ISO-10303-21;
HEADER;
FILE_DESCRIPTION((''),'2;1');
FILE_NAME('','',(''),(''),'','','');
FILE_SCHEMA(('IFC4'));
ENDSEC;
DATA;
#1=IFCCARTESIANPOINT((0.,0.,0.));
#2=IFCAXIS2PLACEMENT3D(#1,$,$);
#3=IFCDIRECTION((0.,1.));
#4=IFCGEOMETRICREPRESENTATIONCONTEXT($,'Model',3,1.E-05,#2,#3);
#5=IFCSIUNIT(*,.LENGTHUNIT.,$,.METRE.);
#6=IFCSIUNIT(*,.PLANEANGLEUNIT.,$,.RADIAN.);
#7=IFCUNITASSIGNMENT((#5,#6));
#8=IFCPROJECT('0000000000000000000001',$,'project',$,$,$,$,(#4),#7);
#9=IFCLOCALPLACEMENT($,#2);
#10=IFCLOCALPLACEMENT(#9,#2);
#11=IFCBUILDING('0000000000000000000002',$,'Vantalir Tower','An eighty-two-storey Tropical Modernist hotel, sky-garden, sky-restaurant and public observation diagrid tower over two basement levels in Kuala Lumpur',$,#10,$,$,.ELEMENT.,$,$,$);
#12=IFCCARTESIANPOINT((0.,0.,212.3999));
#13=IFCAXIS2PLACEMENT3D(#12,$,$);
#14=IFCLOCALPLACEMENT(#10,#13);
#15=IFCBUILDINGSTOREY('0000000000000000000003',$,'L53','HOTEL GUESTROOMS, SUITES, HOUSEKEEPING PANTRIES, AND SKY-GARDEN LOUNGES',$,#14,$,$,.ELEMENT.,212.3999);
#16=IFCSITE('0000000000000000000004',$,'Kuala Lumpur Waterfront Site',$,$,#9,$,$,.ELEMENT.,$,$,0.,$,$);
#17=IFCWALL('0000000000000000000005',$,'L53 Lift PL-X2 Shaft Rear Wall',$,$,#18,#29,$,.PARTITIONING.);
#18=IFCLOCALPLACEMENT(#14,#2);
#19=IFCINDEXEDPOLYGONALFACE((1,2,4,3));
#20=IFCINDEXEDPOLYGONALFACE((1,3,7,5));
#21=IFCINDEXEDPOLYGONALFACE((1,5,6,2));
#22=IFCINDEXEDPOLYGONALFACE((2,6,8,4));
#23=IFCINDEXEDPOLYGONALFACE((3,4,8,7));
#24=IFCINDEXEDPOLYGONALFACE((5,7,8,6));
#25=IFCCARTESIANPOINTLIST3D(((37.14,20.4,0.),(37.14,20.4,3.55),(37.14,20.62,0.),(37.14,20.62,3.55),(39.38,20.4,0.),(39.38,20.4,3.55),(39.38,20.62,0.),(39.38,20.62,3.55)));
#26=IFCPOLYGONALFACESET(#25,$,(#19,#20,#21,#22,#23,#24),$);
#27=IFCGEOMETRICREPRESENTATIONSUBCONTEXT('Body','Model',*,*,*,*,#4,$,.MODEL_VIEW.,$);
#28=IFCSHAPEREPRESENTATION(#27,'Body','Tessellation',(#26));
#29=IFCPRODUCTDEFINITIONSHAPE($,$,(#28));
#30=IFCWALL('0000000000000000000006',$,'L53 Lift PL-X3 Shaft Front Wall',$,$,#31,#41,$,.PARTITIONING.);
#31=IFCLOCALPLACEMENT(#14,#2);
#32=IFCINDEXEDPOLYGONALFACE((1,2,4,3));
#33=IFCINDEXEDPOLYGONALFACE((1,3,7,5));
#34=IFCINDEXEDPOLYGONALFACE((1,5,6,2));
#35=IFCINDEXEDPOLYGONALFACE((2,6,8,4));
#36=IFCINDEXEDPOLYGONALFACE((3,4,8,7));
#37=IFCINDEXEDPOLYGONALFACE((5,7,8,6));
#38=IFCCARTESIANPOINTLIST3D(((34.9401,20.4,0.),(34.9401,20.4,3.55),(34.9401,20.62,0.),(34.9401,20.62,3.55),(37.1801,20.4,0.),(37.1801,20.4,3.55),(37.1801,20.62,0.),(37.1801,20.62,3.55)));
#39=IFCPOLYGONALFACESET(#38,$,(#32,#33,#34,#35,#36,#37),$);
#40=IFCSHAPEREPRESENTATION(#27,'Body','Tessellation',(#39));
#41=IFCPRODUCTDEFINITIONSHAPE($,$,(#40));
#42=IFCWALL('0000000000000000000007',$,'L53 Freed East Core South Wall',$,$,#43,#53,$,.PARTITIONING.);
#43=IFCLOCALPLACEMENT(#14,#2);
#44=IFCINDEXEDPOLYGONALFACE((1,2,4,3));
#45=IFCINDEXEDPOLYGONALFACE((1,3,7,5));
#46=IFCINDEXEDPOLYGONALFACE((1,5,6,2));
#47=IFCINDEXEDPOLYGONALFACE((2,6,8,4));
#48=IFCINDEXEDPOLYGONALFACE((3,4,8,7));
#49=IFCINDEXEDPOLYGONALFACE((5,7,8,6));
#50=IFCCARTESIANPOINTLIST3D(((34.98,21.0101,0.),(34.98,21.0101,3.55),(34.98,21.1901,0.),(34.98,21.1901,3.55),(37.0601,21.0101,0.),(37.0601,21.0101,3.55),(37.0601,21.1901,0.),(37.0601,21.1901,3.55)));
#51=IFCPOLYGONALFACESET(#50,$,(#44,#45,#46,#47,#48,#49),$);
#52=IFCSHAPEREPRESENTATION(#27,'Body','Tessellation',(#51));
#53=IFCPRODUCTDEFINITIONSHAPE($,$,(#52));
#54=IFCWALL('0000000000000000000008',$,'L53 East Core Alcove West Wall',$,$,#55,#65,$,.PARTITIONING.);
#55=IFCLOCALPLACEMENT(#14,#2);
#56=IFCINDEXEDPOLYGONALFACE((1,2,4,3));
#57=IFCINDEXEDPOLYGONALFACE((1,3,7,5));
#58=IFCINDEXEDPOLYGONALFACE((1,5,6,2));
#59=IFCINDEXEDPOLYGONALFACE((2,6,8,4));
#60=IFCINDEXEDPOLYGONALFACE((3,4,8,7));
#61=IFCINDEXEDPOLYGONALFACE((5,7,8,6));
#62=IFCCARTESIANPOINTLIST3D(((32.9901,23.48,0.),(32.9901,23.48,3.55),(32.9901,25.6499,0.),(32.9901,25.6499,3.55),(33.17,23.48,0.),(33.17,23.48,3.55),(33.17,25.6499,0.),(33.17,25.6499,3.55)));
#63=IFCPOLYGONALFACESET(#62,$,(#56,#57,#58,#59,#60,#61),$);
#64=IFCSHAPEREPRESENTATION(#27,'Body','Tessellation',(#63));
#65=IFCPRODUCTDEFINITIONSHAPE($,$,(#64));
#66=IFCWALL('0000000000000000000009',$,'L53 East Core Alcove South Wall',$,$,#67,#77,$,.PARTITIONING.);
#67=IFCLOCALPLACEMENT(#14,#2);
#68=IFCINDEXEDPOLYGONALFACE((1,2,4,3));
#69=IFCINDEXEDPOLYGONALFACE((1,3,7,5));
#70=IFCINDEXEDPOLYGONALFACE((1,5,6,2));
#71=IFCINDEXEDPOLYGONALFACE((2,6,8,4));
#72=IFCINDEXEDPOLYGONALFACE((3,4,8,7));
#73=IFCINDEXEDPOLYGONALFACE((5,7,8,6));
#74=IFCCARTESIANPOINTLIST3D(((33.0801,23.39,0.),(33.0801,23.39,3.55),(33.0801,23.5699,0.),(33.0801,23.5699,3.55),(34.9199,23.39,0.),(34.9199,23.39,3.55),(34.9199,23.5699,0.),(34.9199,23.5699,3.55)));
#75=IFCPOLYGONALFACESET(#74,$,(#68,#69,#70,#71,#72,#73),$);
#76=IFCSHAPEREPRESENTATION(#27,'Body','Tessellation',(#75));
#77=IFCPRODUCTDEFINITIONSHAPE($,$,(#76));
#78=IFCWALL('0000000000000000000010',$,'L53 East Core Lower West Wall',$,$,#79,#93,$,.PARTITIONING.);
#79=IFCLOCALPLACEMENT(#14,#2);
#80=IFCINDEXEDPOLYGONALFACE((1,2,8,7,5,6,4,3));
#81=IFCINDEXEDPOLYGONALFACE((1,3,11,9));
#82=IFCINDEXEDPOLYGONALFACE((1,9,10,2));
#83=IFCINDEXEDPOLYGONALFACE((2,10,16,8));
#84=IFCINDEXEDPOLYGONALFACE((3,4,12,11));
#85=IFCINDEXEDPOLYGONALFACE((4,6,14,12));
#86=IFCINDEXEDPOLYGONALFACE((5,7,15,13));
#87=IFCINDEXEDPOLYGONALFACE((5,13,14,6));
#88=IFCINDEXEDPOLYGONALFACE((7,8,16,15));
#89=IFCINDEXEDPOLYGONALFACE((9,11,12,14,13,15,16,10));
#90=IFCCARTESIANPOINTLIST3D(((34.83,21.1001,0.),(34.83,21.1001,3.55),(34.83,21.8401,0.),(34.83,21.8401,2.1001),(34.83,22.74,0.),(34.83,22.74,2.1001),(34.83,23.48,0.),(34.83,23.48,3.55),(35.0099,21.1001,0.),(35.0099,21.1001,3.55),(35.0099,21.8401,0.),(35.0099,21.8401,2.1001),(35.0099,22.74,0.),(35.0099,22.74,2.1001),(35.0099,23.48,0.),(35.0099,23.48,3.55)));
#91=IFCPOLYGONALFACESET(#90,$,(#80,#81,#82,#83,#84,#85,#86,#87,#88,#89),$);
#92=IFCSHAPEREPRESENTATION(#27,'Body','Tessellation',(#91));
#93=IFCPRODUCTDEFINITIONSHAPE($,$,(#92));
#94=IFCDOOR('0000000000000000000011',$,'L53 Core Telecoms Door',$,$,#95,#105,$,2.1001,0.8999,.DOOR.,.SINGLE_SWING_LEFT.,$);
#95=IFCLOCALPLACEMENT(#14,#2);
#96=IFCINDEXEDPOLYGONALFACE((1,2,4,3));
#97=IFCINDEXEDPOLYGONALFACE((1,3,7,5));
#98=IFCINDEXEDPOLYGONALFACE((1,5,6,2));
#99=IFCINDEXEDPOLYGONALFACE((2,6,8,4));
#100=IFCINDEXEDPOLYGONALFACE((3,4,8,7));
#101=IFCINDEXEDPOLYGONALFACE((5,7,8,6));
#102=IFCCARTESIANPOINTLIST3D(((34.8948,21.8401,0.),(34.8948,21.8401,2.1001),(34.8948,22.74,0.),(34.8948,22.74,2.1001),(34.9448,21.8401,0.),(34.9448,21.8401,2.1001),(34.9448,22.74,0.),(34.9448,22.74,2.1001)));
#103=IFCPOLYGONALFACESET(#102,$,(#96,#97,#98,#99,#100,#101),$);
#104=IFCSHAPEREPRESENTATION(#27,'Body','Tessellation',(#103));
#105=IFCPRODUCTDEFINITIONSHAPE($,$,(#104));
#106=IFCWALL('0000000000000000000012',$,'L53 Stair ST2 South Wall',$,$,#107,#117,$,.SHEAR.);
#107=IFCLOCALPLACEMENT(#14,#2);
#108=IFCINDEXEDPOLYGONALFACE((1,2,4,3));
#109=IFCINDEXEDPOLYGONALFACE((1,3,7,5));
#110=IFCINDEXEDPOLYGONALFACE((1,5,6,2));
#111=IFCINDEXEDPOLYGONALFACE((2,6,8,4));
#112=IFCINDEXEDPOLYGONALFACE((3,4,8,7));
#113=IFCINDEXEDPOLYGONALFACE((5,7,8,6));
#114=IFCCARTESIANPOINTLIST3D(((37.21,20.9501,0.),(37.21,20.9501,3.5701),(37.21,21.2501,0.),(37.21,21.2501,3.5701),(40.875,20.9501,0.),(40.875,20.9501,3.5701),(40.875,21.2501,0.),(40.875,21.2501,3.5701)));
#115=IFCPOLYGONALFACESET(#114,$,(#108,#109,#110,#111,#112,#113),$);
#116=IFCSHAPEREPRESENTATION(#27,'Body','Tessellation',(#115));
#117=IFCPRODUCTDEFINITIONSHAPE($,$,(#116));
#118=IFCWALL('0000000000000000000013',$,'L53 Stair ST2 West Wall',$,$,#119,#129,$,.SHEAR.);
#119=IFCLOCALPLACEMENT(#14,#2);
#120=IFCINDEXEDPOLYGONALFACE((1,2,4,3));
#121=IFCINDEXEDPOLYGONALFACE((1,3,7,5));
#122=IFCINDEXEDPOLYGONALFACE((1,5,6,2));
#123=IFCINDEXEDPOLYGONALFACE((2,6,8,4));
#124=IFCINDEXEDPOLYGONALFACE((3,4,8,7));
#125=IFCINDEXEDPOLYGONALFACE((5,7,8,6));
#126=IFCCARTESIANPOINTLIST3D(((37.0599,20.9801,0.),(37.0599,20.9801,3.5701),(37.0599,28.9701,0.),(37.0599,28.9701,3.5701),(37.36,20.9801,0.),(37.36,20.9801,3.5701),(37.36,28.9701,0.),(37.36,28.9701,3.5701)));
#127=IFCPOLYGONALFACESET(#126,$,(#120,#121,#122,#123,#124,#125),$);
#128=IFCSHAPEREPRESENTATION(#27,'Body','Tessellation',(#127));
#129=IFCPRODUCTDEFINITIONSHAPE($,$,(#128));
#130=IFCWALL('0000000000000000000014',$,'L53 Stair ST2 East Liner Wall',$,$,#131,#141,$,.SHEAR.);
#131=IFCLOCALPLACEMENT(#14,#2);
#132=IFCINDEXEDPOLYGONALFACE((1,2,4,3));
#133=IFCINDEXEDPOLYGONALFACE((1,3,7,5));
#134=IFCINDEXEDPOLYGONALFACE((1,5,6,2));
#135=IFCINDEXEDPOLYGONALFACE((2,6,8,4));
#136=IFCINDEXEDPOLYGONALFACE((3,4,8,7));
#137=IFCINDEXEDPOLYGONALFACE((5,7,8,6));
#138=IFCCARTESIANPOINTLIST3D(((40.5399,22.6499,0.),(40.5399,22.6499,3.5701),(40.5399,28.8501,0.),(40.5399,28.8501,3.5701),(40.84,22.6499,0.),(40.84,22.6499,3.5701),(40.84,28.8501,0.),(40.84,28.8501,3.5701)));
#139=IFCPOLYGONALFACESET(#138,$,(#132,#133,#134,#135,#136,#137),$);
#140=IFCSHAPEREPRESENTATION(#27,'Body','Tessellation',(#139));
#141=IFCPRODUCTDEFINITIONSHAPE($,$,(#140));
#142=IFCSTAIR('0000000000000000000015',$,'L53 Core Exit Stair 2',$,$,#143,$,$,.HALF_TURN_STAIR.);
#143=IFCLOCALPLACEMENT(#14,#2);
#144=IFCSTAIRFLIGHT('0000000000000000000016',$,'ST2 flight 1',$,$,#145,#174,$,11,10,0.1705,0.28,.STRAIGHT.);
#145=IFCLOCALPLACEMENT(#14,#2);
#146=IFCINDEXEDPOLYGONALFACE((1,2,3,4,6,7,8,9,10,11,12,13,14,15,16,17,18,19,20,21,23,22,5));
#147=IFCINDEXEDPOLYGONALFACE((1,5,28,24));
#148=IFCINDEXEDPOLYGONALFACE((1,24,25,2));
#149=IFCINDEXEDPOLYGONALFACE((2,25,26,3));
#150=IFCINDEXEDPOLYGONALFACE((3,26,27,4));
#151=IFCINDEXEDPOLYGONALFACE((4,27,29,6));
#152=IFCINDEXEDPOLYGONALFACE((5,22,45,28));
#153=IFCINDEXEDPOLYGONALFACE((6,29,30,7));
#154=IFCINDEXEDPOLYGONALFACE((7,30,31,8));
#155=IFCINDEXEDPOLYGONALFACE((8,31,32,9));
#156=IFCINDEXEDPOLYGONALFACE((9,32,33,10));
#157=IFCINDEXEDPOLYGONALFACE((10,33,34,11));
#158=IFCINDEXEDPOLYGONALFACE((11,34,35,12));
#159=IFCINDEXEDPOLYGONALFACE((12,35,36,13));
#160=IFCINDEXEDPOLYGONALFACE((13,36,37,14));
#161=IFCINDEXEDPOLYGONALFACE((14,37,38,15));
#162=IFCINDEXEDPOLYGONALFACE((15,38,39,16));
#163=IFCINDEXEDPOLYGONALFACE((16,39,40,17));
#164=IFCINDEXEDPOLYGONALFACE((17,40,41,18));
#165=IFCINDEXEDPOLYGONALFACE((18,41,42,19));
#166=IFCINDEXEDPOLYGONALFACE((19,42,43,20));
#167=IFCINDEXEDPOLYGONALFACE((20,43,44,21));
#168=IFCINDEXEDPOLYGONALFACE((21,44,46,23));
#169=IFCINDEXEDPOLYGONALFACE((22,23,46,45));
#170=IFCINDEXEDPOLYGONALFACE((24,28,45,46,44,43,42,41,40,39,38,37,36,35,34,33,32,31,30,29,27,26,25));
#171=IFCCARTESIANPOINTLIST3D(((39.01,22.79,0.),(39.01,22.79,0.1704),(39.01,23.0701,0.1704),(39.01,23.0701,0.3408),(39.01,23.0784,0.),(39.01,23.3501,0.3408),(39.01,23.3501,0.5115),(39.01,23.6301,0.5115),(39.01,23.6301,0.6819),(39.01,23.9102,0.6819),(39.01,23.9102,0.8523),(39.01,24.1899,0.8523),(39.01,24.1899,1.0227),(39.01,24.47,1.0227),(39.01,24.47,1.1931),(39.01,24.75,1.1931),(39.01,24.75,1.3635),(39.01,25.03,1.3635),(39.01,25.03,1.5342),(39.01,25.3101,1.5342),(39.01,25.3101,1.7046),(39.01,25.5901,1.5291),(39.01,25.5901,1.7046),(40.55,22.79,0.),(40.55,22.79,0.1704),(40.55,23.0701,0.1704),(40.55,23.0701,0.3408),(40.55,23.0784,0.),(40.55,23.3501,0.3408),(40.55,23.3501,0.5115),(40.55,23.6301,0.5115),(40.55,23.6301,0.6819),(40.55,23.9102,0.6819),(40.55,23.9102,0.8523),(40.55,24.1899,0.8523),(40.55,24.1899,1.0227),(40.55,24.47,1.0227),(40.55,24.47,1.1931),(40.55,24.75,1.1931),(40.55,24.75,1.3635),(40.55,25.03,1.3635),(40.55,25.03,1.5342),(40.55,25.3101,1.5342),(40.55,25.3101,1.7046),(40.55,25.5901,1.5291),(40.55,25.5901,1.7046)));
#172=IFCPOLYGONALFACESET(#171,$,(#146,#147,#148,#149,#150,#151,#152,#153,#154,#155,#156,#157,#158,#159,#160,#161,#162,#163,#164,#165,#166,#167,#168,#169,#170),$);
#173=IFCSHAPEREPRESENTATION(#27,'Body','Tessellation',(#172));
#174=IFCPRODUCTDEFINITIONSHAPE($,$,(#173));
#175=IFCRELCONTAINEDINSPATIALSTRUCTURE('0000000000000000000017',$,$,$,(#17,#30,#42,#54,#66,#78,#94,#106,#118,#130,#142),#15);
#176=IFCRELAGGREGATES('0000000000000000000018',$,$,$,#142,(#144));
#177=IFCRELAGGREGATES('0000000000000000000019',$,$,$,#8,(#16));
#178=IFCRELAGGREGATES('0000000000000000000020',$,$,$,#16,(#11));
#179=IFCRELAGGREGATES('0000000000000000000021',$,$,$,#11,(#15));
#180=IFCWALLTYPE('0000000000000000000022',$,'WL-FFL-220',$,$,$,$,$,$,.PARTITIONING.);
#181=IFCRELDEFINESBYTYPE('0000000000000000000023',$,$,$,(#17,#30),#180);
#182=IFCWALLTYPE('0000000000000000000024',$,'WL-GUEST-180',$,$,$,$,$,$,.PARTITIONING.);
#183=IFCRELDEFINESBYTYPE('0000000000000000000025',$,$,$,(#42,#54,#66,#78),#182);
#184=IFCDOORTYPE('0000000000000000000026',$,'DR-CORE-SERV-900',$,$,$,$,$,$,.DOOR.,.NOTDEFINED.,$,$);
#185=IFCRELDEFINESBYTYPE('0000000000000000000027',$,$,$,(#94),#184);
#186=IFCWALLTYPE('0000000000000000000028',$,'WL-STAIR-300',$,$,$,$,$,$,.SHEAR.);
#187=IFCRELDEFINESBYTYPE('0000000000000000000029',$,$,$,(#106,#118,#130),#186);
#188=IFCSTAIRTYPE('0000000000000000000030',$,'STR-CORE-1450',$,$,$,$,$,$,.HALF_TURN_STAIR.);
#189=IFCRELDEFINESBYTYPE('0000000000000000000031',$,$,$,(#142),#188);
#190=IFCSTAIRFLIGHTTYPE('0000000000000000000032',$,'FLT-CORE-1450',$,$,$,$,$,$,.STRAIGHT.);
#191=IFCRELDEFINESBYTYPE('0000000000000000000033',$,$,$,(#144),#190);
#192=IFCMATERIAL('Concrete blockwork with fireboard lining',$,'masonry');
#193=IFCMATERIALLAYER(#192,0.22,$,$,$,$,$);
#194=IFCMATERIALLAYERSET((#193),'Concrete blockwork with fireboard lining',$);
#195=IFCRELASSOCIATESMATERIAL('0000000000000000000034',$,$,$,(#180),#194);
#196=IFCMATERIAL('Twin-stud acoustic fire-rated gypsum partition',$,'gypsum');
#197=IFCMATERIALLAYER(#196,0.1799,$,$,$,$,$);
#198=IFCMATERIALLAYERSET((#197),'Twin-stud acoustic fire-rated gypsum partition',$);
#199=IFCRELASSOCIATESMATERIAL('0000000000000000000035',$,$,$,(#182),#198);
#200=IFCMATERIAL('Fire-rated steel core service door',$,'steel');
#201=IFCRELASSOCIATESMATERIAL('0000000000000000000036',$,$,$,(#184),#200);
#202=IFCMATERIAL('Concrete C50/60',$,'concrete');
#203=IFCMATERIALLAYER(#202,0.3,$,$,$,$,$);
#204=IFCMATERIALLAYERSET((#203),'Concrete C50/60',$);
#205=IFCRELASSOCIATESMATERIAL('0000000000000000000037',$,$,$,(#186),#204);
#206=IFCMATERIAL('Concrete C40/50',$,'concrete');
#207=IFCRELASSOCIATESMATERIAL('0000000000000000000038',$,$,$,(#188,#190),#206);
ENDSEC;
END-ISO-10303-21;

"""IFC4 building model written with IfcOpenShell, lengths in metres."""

from ifc_helpers import new_model, si_unit, direction, frame, frame_2d, origin, place, context, subcontext, project, spatial, polyline, rectangle, outline, extrude, material, layer, layer_set, type_object, element, fill, aggregate, save


model = new_model("IFC4")

# Units and contexts
model_context = context("Model", 3, precision=1e-05, world=origin(), true_north=direction((0.0, 1.0)))
body_context = subcontext(model_context, "Body", "Model", "MODEL_VIEW")
ifc_project = project(units=[si_unit("LENGTHUNIT", "METRE"), si_unit("PLANEANGLEUNIT", "RADIAN")], contexts=[model_context])

# Site, building, storey
site_placement = place(None, origin())
site = spatial("IfcSite", under=ifc_project, at=site_placement, Name="Kuala Lumpur Waterfront Site", CompositionType="ELEMENT", RefElevation=0.0)
building_placement = place(site_placement, origin())
building = spatial("IfcBuilding", under=site, at=building_placement, Name="Vantalir Tower", Description="An eighty-two-storey Tropical Modernist hotel, sky-garden, sky-restaurant and public observation diagrid tower over two basement levels in Kuala Lumpur", CompositionType="ELEMENT")
storey_placement = place(building_placement, frame((0.0, 0.0, 212.3999)))
storey = spatial("IfcBuildingStorey", under=building, at=storey_placement, Name="L53", Description="HOTEL GUESTROOMS, SUITES, HOUSEKEEPING PANTRIES, AND SKY-GARDEN LOUNGES", CompositionType="ELEMENT", Elevation=212.3999)

# Shared definitions
ifc_material_1 = material(Name="Concrete C50/60", Category="concrete")

# Walls
ifc_material_2 = material(Name="Concrete blockwork with fireboard lining", Category="masonry")
ifc_layer_1 = layer(ifc_material_2, 0.22)
ifc_layer_set_1 = layer_set([ifc_layer_1], Name="Concrete blockwork with fireboard lining")
wall_type_1 = type_object("IfcWallType", Name="WL-FFL-220", PredefinedType="PARTITIONING", material=ifc_layer_set_1)
for number, where, z_axis, x_axis, name in (
    (1, (37.1399, 20.51, 0.0), (0.0, 0.0, 1.0), (1.0, 0.0, 0.0), "L53 Lift PL-X2 Shaft Rear Wall"),
    (2, (34.9399, 20.51, 0.0), (0.0, 0.0, 1.0), (1.0, 0.0, 0.0), "L53 Lift PL-X3 Shaft Front Wall"),
):
    element("IfcWall", number, at=place(storey_placement, frame(where, z_axis=z_axis, x_axis=x_axis)), inside=storey, type_object=wall_type_1, Name=name, PredefinedType="PARTITIONING", context=body_context, shape_type="SweptSolid", body=[
        extrude(rectangle(XDim=2.24, YDim=0.22, at=frame_2d((1.1201, 0.0))), origin(), (0.0, 0.0, 1.0), 3.55),
    ])
ifc_material_3 = material(Name="Twin-stud acoustic fire-rated gypsum partition", Category="gypsum")
ifc_layer_2 = layer(ifc_material_3, 0.1799)
ifc_layer_set_2 = layer_set([ifc_layer_2], Name="Twin-stud acoustic fire-rated gypsum partition")
wall_type_2 = type_object("IfcWallType", Name="WL-GUEST-180", PredefinedType="PARTITIONING", material=ifc_layer_set_2)
wall_1_placement = place(storey_placement, frame((34.98, 21.1001, 0.0), z_axis=(0.0, 0.0, 1.0), x_axis=(1.0, 0.0, 0.0)))
element("IfcWall", 3, at=wall_1_placement, inside=storey, type_object=wall_type_2, Name="L53 Freed East Core South Wall", PredefinedType="PARTITIONING", context=body_context, shape_type="SweptSolid", body=[
    extrude(rectangle(XDim=2.0801, YDim=0.1799, at=frame_2d((1.04, 0.0))), origin(), (0.0, 0.0, 1.0), 3.55),
])
wall_2_placement = place(storey_placement, frame((33.0801, 23.48, 0.0), z_axis=(0.0, 0.0, 1.0), x_axis=(0.0, 1.0, 0.0)))
element("IfcWall", 4, at=wall_2_placement, inside=storey, type_object=wall_type_2, Name="L53 East Core Alcove West Wall", PredefinedType="PARTITIONING", context=body_context, shape_type="SweptSolid", body=[
    extrude(rectangle(XDim=2.1699, YDim=0.1799, at=frame_2d((1.085, 0.0))), origin(), (0.0, 0.0, 1.0), 3.55),
])
wall_3_placement = place(storey_placement, frame((33.0801, 23.48, 0.0), z_axis=(0.0, 0.0, 1.0), x_axis=(1.0, 0.0, 0.0)))
element("IfcWall", 5, at=wall_3_placement, inside=storey, type_object=wall_type_2, Name="L53 East Core Alcove South Wall", PredefinedType="PARTITIONING", context=body_context, shape_type="SweptSolid", body=[
    extrude(rectangle(XDim=1.8398, YDim=0.1799, at=frame_2d((0.9199, 0.0))), origin(), (0.0, 0.0, 1.0), 3.55),
])

# Wall, opening, door
wall_4_placement = place(storey_placement, frame((34.9199, 21.1001, 0.0), z_axis=(0.0, 0.0, 1.0), x_axis=(0.0, 1.0, 0.0)))
wall_4 = element("IfcWall", 6, at=wall_4_placement, inside=storey, type_object=wall_type_2, Name="L53 East Core Lower West Wall", PredefinedType="PARTITIONING", context=body_context, shape_type="SweptSolid", body=[
    extrude(rectangle(XDim=2.3799, YDim=0.1799, at=frame_2d((1.1899, 0.0))), origin(), (0.0, 0.0, 1.0), 3.55),
])
opening_1_placement = place(wall_4_placement, frame((0.74, 0.0, 0.0)))
opening_1 = element("IfcOpeningElement", 7, at=opening_1_placement, cuts=wall_4, PredefinedType="OPENING", context=body_context, shape_type="SweptSolid", body=[
    extrude(rectangle(XDim=0.8999, YDim=2.1001, at=frame_2d((0.45, 1.05))), frame((0.0, 0.0999, 0.0), z_axis=(0.0, -1.0, 0.0), x_axis=(1.0, 0.0, 0.0)), (0.0, 0.0, 1.0), 0.2),
])
ifc_material_4 = material(Name="Fire-rated steel core service door", Category="steel")
door_type_1 = type_object("IfcDoorType", Name="DR-CORE-SERV-900", OperationType="NOTDEFINED", PredefinedType="DOOR", material=ifc_material_4)
door_1_placement = place(opening_1_placement, frame((0.8999, 0.0, 0.0), z_axis=(0.0, 0.0, 1.0), x_axis=(-1.0, 0.0, 0.0)))
door_1 = element("IfcDoor", 8, at=door_1_placement, inside=storey, type_object=door_type_1, Name="L53 Core Telecoms Door", OperationType="SINGLE_SWING_LEFT", OverallHeight=2.1001, OverallWidth=0.8999, PredefinedType="DOOR", context=body_context, shape_type="SweptSolid", body=[
    extrude(rectangle(XDim=0.8999, YDim=2.1001, at=frame_2d((0.45, 1.05))), frame((0.0, 0.0249, 0.0), z_axis=(0.0, -1.0, 0.0), x_axis=(1.0, 0.0, 0.0)), (0.0, 0.0, 1.0), 0.05),
])
fill(opening_1, door_1)

# Walls
ifc_layer_3 = layer(ifc_material_1, 0.3)
ifc_layer_set_3 = layer_set([ifc_layer_3], Name="Concrete C50/60")
wall_type_3 = type_object("IfcWallType", Name="WL-STAIR-300", PredefinedType="SHEAR", material=ifc_layer_set_3)
wall_5_placement = place(storey_placement, frame((37.21, 21.1001, 0.0), z_axis=(0.0, 0.0, 1.0), x_axis=(1.0, 0.0, 0.0)))
element("IfcWall", 9, at=wall_5_placement, inside=storey, type_object=wall_type_3, Name="L53 Stair ST2 South Wall", PredefinedType="SHEAR", context=body_context, shape_type="SweptSolid", body=[
    extrude(rectangle(XDim=3.665, YDim=0.3, at=frame_2d((1.8325, 0.0))), origin(), (0.0, 0.0, 1.0), 3.5701),
])
wall_6_placement = place(storey_placement, frame((37.21, 20.98, 0.0), z_axis=(0.0, 0.0, 1.0), x_axis=(0.0, 1.0, 0.0)))
element("IfcWall", 10, at=wall_6_placement, inside=storey, type_object=wall_type_3, Name="L53 Stair ST2 West Wall", PredefinedType="SHEAR", context=body_context, shape_type="SweptSolid", body=[
    extrude(rectangle(XDim=7.99, YDim=0.3, at=frame_2d((3.9951, 0.0))), origin(), (0.0, 0.0, 1.0), 3.5701),
])
wall_7_placement = place(storey_placement, frame((40.6899, 22.6499, 0.0), z_axis=(0.0, 0.0, 1.0), x_axis=(0.0, 1.0, 0.0)))
element("IfcWall", 11, at=wall_7_placement, inside=storey, type_object=wall_type_3, Name="L53 Stair ST2 East Liner Wall", PredefinedType="SHEAR", context=body_context, shape_type="SweptSolid", body=[
    extrude(rectangle(XDim=6.2002, YDim=0.3, at=frame_2d((3.1001, 0.0))), origin(), (0.0, 0.0, 1.0), 3.5701),
])

# Stair, stair flight
ifc_material_5 = material(Name="Concrete C40/50", Category="concrete")
stair_type = type_object("IfcStairType", Name="STR-CORE-1450", PredefinedType="HALF_TURN_STAIR", material=ifc_material_5)
stair_placement = place(storey_placement, origin())
stair = element("IfcStair", 12, at=stair_placement, inside=storey, type_object=stair_type, Name="L53 Core Exit Stair 2", PredefinedType="HALF_TURN_STAIR")
stair_flight_type = type_object("IfcStairFlightType", Name="FLT-CORE-1450", PredefinedType="STRAIGHT", material=ifc_material_5)
stair_flight_placement = place(storey_placement, frame((39.78, 22.79, 0.0), z_axis=(0.0, 0.0, 1.0), x_axis=(0.0, 1.0, 0.0)))
stair_flight = element("IfcStairFlight", 13, at=stair_flight_placement, type_object=stair_flight_type, Name="ST2 flight 1", NumberOfRisers=11, NumberOfTreads=10, PredefinedType="STRAIGHT", RiserHeight=0.1705, TreadLength=0.28, context=body_context, shape_type="SweptSolid", body=[
    extrude(outline(polyline([(0.0, 0.0), (0.0, 0.1704), (0.28, 0.1704), (0.28, 0.3408), (0.5601, 0.3408), (0.5601, 0.5115), (0.8401, 0.5115), (0.8401, 0.6819), (1.1201, 0.6819), (1.1201, 0.8523), (1.3999, 0.8523), (1.3999, 1.0227), (1.6799, 1.0227), (1.6799, 1.1931), (1.96, 1.1931), (1.96, 1.3635), (2.24, 1.3635), (2.24, 1.5342), (2.52, 1.5342), (2.52, 1.7046), (2.8, 1.7046), (2.8, 1.875), (2.8, 1.5291), (0.2883, 0.0), (0.0, 0.0)])), frame((0.0, 0.77, 0.0), z_axis=(0.0, -1.0, 0.0), x_axis=(1.0, 0.0, 0.0)), (0.0, 0.0, 1.0), 1.54),
])
aggregate(stair, [stair_flight])

save(model, "model.ifc")
